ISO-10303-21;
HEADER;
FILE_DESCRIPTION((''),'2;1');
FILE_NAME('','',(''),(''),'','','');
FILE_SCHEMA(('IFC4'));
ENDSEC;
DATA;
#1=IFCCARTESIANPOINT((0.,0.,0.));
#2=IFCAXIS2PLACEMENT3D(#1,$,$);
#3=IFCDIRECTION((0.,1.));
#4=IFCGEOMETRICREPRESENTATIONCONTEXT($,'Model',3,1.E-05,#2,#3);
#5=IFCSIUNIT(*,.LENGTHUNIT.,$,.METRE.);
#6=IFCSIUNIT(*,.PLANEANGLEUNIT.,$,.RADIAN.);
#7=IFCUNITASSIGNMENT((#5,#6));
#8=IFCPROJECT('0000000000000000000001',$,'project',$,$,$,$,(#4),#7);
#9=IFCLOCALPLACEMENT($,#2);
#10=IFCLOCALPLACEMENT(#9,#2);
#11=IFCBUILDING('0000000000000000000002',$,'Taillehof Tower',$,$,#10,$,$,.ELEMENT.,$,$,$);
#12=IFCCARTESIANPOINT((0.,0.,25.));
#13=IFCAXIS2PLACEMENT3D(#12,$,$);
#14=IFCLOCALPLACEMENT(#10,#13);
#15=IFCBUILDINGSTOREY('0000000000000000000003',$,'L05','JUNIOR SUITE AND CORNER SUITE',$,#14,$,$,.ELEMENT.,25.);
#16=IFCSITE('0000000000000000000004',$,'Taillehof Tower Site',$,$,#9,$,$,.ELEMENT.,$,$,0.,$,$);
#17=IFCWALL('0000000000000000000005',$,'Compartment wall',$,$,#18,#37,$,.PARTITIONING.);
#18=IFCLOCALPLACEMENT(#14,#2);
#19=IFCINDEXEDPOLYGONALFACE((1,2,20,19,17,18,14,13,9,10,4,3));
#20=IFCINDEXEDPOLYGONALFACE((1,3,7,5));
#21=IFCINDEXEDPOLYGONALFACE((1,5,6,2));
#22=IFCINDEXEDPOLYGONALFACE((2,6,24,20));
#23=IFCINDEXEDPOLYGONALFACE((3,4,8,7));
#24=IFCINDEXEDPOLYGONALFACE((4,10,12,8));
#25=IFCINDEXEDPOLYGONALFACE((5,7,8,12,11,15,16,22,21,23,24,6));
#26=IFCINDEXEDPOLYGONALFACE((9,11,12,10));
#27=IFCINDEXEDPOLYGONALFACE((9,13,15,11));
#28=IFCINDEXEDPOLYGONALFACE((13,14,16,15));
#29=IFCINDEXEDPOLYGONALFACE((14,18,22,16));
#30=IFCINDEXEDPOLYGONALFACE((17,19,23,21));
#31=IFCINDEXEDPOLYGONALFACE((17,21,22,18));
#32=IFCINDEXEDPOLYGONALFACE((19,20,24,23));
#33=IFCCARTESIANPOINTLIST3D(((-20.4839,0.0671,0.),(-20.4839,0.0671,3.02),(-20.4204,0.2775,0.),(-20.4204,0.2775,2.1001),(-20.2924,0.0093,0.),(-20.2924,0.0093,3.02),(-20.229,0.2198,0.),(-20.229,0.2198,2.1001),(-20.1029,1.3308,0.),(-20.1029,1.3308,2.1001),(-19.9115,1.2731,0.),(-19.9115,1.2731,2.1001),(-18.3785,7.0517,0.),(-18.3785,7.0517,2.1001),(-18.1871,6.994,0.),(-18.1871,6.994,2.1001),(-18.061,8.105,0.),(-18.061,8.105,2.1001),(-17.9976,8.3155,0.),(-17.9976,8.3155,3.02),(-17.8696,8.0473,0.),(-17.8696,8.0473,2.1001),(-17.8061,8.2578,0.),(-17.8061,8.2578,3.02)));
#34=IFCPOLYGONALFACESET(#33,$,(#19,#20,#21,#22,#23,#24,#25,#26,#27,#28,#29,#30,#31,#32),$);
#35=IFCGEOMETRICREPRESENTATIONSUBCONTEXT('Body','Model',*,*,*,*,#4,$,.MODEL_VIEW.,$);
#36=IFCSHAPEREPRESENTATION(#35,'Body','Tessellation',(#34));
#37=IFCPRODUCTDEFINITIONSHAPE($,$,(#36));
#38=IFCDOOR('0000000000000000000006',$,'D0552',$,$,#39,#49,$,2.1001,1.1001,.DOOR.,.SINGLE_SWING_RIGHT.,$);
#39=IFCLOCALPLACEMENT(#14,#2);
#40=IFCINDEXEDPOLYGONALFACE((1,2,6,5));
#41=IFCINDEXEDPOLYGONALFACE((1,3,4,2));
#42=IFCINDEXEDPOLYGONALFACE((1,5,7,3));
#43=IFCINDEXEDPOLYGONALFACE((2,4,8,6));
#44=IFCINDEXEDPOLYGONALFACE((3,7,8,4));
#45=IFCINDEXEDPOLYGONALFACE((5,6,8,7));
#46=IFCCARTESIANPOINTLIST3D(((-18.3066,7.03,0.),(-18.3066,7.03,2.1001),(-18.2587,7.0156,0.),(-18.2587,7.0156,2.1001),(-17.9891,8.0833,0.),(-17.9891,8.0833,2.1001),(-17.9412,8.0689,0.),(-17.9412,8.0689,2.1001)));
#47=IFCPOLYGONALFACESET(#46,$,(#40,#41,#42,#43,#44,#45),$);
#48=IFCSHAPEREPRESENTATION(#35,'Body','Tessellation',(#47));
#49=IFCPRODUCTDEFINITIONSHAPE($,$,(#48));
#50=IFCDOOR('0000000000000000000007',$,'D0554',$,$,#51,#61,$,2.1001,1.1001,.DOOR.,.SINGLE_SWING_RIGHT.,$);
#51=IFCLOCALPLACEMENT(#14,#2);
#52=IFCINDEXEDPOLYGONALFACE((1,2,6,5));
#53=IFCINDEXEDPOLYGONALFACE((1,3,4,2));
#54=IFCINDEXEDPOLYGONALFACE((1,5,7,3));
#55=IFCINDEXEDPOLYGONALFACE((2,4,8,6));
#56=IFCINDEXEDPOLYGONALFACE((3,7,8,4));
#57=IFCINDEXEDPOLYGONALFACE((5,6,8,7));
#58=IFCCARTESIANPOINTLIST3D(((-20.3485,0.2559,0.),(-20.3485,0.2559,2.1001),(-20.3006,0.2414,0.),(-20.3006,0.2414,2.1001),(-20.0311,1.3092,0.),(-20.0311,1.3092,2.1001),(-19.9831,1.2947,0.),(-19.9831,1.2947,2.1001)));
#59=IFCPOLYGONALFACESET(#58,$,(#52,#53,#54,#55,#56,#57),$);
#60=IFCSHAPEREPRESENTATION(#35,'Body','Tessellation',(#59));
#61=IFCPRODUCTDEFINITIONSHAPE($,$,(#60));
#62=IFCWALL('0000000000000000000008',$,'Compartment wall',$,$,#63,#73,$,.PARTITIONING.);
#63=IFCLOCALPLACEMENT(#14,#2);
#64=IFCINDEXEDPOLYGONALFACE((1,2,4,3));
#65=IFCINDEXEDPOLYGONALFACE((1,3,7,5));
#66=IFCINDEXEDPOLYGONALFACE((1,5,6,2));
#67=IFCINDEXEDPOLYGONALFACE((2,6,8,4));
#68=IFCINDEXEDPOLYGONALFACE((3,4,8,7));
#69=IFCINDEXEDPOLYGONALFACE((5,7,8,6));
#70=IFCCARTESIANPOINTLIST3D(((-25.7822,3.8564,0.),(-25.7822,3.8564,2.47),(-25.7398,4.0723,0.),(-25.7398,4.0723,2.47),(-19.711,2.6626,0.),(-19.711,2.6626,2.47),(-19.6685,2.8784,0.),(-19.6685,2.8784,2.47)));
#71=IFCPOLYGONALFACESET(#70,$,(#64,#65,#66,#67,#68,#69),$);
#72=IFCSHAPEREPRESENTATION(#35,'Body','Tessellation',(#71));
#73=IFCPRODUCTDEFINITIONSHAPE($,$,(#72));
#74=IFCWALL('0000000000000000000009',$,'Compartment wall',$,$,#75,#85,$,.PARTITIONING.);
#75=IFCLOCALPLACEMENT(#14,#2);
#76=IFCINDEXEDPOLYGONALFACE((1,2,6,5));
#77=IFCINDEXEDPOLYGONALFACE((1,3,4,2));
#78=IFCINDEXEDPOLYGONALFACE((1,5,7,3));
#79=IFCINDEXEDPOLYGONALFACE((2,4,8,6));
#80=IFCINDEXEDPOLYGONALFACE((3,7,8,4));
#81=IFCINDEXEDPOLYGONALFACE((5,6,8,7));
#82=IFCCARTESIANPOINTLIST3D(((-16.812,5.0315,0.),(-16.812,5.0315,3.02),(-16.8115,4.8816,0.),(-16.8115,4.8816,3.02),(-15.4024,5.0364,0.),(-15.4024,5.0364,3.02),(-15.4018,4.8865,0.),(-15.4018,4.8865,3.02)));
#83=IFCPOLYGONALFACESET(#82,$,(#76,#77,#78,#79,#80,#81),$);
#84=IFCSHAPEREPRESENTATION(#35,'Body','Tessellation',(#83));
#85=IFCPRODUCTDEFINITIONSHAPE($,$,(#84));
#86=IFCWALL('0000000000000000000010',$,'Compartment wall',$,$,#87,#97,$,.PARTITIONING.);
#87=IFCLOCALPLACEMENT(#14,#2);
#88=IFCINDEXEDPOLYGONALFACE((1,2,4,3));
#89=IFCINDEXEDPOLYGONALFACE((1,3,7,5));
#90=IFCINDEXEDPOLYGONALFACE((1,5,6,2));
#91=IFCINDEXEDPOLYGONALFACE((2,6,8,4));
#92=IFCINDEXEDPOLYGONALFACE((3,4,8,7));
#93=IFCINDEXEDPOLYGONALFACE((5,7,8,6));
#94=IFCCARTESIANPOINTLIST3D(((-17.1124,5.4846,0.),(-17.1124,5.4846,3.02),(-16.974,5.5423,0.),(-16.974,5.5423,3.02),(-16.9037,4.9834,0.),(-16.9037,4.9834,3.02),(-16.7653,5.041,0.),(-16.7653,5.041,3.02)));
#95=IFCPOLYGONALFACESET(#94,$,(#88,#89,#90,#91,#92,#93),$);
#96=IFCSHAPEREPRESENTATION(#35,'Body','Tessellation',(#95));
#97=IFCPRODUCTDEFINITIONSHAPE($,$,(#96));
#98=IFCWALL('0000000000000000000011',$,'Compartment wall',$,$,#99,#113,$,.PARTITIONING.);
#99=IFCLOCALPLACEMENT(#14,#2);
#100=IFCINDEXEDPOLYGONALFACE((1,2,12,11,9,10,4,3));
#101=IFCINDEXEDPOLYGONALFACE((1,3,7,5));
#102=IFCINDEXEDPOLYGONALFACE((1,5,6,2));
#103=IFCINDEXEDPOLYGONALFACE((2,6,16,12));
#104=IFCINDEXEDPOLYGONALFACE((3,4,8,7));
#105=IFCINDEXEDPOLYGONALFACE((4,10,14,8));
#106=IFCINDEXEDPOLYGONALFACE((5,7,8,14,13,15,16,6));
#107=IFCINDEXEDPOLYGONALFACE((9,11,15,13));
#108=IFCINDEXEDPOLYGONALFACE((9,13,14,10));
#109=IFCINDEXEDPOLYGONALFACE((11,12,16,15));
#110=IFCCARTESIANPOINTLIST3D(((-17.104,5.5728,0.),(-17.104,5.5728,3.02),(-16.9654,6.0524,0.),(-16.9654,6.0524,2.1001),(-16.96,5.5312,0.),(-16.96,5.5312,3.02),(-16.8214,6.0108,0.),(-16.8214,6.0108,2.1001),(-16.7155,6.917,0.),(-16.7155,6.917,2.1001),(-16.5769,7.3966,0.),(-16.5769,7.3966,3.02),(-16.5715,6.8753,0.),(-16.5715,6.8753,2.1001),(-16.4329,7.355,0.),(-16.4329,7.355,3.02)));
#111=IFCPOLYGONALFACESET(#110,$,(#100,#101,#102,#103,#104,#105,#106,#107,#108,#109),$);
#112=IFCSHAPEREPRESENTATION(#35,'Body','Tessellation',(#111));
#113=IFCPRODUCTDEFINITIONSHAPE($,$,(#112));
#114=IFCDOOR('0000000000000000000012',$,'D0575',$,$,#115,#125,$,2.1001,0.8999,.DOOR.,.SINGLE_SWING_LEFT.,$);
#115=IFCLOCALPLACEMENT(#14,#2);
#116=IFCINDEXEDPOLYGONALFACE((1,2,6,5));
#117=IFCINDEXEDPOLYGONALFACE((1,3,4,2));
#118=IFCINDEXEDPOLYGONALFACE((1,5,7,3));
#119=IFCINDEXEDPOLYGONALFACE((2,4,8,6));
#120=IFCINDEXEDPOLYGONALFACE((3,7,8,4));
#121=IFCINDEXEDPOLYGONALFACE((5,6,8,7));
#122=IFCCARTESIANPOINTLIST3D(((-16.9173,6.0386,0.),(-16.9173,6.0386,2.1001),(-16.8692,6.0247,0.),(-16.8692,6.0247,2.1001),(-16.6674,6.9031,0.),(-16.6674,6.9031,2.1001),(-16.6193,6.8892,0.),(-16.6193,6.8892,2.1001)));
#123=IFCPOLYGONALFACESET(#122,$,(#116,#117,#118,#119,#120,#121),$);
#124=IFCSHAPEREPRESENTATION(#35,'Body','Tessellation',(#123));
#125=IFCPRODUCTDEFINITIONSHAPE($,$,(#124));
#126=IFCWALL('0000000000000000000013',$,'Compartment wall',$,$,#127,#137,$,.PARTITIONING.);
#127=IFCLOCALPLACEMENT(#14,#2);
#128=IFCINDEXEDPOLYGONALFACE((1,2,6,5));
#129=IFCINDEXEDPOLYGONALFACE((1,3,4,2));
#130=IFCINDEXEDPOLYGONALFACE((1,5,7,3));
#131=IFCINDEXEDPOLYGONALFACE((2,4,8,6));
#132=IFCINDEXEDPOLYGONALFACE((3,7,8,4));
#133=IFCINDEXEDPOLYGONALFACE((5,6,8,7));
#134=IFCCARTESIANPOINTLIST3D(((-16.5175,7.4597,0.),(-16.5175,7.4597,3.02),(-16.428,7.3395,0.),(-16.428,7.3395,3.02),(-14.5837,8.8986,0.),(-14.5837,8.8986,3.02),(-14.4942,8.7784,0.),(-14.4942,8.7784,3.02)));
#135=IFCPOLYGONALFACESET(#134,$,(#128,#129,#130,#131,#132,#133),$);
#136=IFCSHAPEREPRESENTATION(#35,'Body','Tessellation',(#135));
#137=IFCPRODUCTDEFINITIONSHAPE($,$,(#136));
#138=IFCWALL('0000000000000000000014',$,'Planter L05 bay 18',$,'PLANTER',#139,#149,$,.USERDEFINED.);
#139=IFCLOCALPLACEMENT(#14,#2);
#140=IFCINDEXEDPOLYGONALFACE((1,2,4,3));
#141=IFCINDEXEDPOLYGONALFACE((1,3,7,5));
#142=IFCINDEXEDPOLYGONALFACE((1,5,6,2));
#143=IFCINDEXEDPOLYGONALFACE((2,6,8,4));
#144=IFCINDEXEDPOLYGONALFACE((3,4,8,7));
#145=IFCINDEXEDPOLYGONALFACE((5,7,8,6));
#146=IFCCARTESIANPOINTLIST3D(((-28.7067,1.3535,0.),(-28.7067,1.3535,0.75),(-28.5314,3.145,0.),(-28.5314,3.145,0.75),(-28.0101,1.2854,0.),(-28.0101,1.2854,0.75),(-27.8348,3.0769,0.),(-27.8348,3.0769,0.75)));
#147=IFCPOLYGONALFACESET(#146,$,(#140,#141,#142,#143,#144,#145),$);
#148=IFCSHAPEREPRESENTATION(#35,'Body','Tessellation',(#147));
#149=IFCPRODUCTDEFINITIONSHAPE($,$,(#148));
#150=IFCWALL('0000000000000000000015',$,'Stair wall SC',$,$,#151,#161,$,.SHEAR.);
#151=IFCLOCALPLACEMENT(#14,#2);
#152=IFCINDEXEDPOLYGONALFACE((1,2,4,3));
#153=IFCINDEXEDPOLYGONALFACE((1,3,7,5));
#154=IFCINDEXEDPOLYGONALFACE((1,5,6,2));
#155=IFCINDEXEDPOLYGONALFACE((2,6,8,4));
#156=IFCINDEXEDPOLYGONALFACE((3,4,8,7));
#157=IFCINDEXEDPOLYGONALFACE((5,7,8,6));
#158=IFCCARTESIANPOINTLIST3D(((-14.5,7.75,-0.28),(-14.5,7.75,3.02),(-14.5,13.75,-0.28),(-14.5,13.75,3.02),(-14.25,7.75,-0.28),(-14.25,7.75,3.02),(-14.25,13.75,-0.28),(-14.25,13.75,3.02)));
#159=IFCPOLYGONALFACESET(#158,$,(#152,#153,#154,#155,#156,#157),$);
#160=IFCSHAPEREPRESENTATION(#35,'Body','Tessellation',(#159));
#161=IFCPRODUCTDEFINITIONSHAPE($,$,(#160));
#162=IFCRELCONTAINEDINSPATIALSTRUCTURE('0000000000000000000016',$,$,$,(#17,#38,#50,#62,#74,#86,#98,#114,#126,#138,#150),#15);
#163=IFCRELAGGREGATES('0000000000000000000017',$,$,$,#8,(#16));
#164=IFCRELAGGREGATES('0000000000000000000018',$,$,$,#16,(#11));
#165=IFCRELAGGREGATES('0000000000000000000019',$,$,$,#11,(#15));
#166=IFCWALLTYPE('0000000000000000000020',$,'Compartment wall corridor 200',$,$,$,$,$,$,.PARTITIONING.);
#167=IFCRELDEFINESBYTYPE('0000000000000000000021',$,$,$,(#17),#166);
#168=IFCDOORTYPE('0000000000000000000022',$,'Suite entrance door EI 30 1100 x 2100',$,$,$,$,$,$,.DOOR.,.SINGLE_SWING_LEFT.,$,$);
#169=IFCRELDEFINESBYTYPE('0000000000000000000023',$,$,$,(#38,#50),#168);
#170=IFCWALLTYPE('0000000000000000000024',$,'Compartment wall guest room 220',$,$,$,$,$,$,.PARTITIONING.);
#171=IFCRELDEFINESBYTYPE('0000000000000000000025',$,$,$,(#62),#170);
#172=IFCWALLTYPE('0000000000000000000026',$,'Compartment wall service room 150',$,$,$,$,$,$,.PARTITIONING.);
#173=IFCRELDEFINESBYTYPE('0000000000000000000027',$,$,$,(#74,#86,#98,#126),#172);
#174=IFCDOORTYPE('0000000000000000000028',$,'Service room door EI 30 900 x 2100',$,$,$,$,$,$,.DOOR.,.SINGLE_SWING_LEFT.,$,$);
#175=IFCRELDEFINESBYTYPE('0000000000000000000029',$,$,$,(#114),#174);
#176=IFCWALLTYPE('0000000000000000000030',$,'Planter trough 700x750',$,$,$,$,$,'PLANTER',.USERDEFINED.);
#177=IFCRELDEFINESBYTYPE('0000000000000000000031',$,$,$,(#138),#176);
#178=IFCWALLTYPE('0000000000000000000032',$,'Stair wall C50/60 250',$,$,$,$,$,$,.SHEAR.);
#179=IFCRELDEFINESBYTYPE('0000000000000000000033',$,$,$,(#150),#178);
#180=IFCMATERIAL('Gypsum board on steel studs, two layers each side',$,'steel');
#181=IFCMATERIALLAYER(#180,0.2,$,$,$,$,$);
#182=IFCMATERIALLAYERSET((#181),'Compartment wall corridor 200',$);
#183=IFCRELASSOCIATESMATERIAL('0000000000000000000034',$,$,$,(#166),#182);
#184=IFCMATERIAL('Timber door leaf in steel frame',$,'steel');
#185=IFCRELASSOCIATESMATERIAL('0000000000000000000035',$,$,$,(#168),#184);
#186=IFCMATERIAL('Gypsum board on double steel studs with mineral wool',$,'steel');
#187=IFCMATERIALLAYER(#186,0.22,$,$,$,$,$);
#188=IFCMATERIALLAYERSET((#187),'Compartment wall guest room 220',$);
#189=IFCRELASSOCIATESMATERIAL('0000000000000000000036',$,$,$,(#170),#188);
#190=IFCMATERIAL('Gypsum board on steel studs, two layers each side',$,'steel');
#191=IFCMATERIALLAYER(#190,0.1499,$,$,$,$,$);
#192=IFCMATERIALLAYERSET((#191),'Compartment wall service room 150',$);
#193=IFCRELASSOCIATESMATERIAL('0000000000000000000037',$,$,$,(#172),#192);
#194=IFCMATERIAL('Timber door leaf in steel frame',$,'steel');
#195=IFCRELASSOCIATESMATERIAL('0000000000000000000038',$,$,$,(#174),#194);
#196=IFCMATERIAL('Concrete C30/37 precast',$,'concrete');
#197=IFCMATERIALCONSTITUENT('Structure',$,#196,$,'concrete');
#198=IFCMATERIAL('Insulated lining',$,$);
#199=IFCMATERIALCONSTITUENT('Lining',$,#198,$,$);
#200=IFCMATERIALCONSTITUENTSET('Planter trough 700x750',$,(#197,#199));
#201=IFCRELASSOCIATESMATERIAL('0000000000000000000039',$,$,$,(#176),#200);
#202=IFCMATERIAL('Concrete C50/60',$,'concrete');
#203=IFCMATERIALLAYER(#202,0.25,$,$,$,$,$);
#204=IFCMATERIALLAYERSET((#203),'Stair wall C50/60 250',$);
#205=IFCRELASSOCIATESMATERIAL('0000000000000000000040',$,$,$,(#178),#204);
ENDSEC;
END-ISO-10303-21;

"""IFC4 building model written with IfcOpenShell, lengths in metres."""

from ifc_helpers import new_model, si_unit, direction, frame, frame_2d, origin, place, context, subcontext, project, spatial, rectangle, extrude, material, layer, layer_set, constituent, constituent_set, type_object, element, fill, save


model = new_model("IFC4")

# Units and contexts
model_context = context("Model", 3, precision=1e-05, world=origin(), true_north=direction((0.0, 1.0)))
body_context = subcontext(model_context, "Body", "Model", "MODEL_VIEW")
ifc_project = project(units=[si_unit("LENGTHUNIT", "METRE"), si_unit("PLANEANGLEUNIT", "RADIAN")], contexts=[model_context])

# Site, building, storey
site_placement = place(None, origin())
site = spatial("IfcSite", under=ifc_project, at=site_placement, Name="Taillehof Tower Site", CompositionType="ELEMENT", RefElevation=0.0)
building_placement = place(site_placement, origin())
building = spatial("IfcBuilding", under=site, at=building_placement, Name="Taillehof Tower", CompositionType="ELEMENT")
storey_placement = place(building_placement, frame((0.0, 0.0, 25.0)))
storey = spatial("IfcBuildingStorey", under=building, at=storey_placement, Name="L05", Description="JUNIOR SUITE AND CORNER SUITE", CompositionType="ELEMENT", Elevation=25.0)

# Shared definitions
ifc_material_1 = material(Name="Gypsum board on steel studs, two layers each side", Category="steel")
ifc_layer_1 = layer(ifc_material_1, 0.2)
ifc_layer_set_1 = layer_set([ifc_layer_1], Name="Compartment wall corridor 200")
wall_type_1 = type_object("IfcWallType", Name="Compartment wall corridor 200", PredefinedType="PARTITIONING", material=ifc_layer_set_1)

# Wall, openings, doors
wall_1_placement = place(storey_placement, frame((-20.3882, 0.0381, 0.0), z_axis=(0.0, 0.0, 1.0), x_axis=(0.288601, 0.95745, 0.0)))
wall_1 = element("IfcWall", 1, at=wall_1_placement, inside=storey, type_object=wall_type_1, Name="Compartment wall", PredefinedType="PARTITIONING", context=body_context, shape_type="SweptSolid", body=[
    extrude(rectangle(XDim=8.615, YDim=0.2, at=frame_2d((4.3076, 0.0))), origin(), (0.0, 0.0, 1.0), 3.02),
])
opening_1_placement = place(wall_1_placement, frame((7.2952, 0.0, 0.0)))
opening_1 = element("IfcOpeningElement", 2, at=opening_1_placement, cuts=wall_1, PredefinedType="OPENING", context=body_context, shape_type="SweptSolid", body=[
    extrude(rectangle(XDim=1.1001, YDim=2.1001, at=frame_2d((0.55, 1.05))), frame((0.0, 0.1099, 0.0), z_axis=(0.0, -1.0, 0.0), x_axis=(1.0, 0.0, 0.0)), (0.0, 0.0, 1.0), 0.22),
])
opening_2_placement = place(wall_1_placement, frame((0.22, 0.0, 0.0)))
opening_2 = element("IfcOpeningElement", 3, at=opening_2_placement, cuts=wall_1, PredefinedType="OPENING", context=body_context, shape_type="SweptSolid", body=[
    extrude(rectangle(XDim=1.1001, YDim=2.1001, at=frame_2d((0.55, 1.05))), frame((0.0, 0.1099, 0.0), z_axis=(0.0, -1.0, 0.0), x_axis=(1.0, 0.0, 0.0)), (0.0, 0.0, 1.0), 0.22),
])
ifc_material_2 = material(Name="Timber door leaf in steel frame", Category="steel")
door_type_1 = type_object("IfcDoorType", Name="Suite entrance door EI 30 1100 x 2100", OperationType="SINGLE_SWING_LEFT", PredefinedType="DOOR", material=ifc_material_2)
door_1_placement = place(opening_1_placement, origin())
door_1 = element("IfcDoor", 4, at=door_1_placement, inside=storey, type_object=door_type_1, Name="D0552", OperationType="SINGLE_SWING_RIGHT", OverallHeight=2.1001, OverallWidth=1.1001, PredefinedType="DOOR", context=body_context, shape_type="SweptSolid", body=[
    extrude(rectangle(XDim=1.1001, YDim=2.1001, at=frame_2d((0.55, 1.05))), frame((0.0, 0.0249, 0.0), z_axis=(0.0, -1.0, 0.0), x_axis=(1.0, 0.0, 0.0)), (0.0, 0.0, 1.0), 0.05),
])
fill(opening_1, door_1)
door_2_placement = place(opening_2_placement, origin())
door_2 = element("IfcDoor", 5, at=door_2_placement, inside=storey, type_object=door_type_1, Name="D0554", OperationType="SINGLE_SWING_RIGHT", OverallHeight=2.1001, OverallWidth=1.1001, PredefinedType="DOOR", context=body_context, shape_type="SweptSolid", body=[
    extrude(rectangle(XDim=1.1001, YDim=2.1001, at=frame_2d((0.55, 1.05))), frame((0.0, 0.0249, 0.0), z_axis=(0.0, -1.0, 0.0), x_axis=(1.0, 0.0, 0.0)), (0.0, 0.0, 1.0), 0.05),
])
fill(opening_2, door_2)

# Walls
ifc_material_3 = material(Name="Gypsum board on double steel studs with mineral wool", Category="steel")
ifc_layer_2 = layer(ifc_material_3, 0.22)
ifc_layer_set_2 = layer_set([ifc_layer_2], Name="Compartment wall guest room 220")
wall_type_2 = type_object("IfcWallType", Name="Compartment wall guest room 220", PredefinedType="PARTITIONING", material=ifc_layer_set_2)
wall_2_placement = place(storey_placement, frame((-25.761, 3.9644, 0.0), z_axis=(0.0, 0.0, 1.0), x_axis=(0.98121, -0.192943, 0.0)))
element("IfcWall", 6, at=wall_2_placement, inside=storey, type_object=wall_type_2, Name="Compartment wall", PredefinedType="PARTITIONING", context=body_context, shape_type="SweptSolid", body=[
    extrude(rectangle(XDim=6.1875, YDim=0.22, at=frame_2d((3.0938, 0.0))), origin(), (0.0, 0.0, 1.0), 2.47),
])
ifc_material_4 = material(Name="Gypsum board on steel studs, two layers each side", Category="steel")
ifc_layer_3 = layer(ifc_material_4, 0.1499)
ifc_layer_set_3 = layer_set([ifc_layer_3], Name="Compartment wall service room 150")
wall_type_3 = type_object("IfcWallType", Name="Compartment wall service room 150", PredefinedType="PARTITIONING", material=ifc_layer_set_3)
wall_3_placement = place(storey_placement, frame((-15.4021, 4.9614, 0.0), z_axis=(0.0, 0.0, 1.0), x_axis=(-0.999994, -0.003464, 0.0)))
element("IfcWall", 7, at=wall_3_placement, inside=storey, type_object=wall_type_3, Name="Compartment wall", PredefinedType="PARTITIONING", context=body_context, shape_type="SweptSolid", body=[
    extrude(rectangle(XDim=1.4097, YDim=0.1499, at=frame_2d((0.7048, 0.0))), origin(), (0.0, 0.0, 1.0), 3.02),
])
wall_4_placement = place(storey_placement, frame((-16.8345, 5.0122, 0.0), z_axis=(0.0, 0.0, 1.0), x_axis=(-0.384456, 0.923143, 0.0)))
element("IfcWall", 8, at=wall_4_placement, inside=storey, type_object=wall_type_3, Name="Compartment wall", PredefinedType="PARTITIONING", context=body_context, shape_type="SweptSolid", body=[
    extrude(rectangle(XDim=0.543, YDim=0.1499, at=frame_2d((0.2715, 0.0))), origin(), (0.0, 0.0, 1.0), 3.02),
])

# Wall, opening, door
wall_5_placement = place(storey_placement, frame((-17.032, 5.552, 0.0), z_axis=(0.0, 0.0, 1.0), x_axis=(0.277658, 0.96068, 0.0)))
wall_5 = element("IfcWall", 9, at=wall_5_placement, inside=storey, type_object=wall_type_3, Name="Compartment wall", PredefinedType="PARTITIONING", context=body_context, shape_type="SweptSolid", body=[
    extrude(rectangle(XDim=1.8984, YDim=0.1499, at=frame_2d((0.9492, 0.0))), origin(), (0.0, 0.0, 1.0), 3.02),
])
opening_3_placement = place(wall_5_placement, frame((0.4993, 0.0, 0.0)))
opening_3 = element("IfcOpeningElement", 10, at=opening_3_placement, cuts=wall_5, PredefinedType="OPENING", context=body_context, shape_type="SweptSolid", body=[
    extrude(rectangle(XDim=0.8999, YDim=2.1001, at=frame_2d((0.45, 1.05))), frame((0.0, 0.085, 0.0), z_axis=(0.0, -1.0, 0.0), x_axis=(1.0, 0.0, 0.0)), (0.0, 0.0, 1.0), 0.1699),
])
ifc_material_5 = material(Name="Timber door leaf in steel frame", Category="steel")
door_type_2 = type_object("IfcDoorType", Name="Service room door EI 30 900 x 2100", OperationType="SINGLE_SWING_LEFT", PredefinedType="DOOR", material=ifc_material_5)
door_3_placement = place(opening_3_placement, origin())
door_3 = element("IfcDoor", 11, at=door_3_placement, inside=storey, type_object=door_type_2, Name="D0575", OperationType="SINGLE_SWING_LEFT", OverallHeight=2.1001, OverallWidth=0.8999, PredefinedType="DOOR", context=body_context, shape_type="SweptSolid", body=[
    extrude(rectangle(XDim=0.8999, YDim=2.1001, at=frame_2d((0.45, 1.05))), frame((0.0, 0.0249, 0.0), z_axis=(0.0, -1.0, 0.0), x_axis=(1.0, 0.0, 0.0)), (0.0, 0.0, 1.0), 0.05),
])
fill(opening_3, door_3)

# Walls
wall_6_placement = place(storey_placement, frame((-16.4727, 7.3997, 0.0), z_axis=(0.0, 0.0, 1.0), x_axis=(0.802267, 0.596965, 0.0)))
element("IfcWall", 12, at=wall_6_placement, inside=storey, type_object=wall_type_3, Name="Compartment wall", PredefinedType="PARTITIONING", context=body_context, shape_type="SweptSolid", body=[
    extrude(rectangle(XDim=2.4104, YDim=0.1499, at=frame_2d((1.2051, 0.0))), origin(), (0.0, 0.0, 1.0), 3.02),
])
ifc_material_6 = material(Name="Concrete C30/37 precast", Category="concrete")
ifc_constituent_1 = constituent(ifc_material_6, Name="Structure", Category="concrete")
ifc_material_7 = material(Name="Insulated lining")
ifc_constituent_2 = constituent(ifc_material_7, Name="Lining")
ifc_constituent_set = constituent_set(constituents=[ifc_constituent_1, ifc_constituent_2], Name="Planter trough 700x750")
wall_type_4 = type_object("IfcWallType", Name="Planter trough 700x750", ElementType="PLANTER", PredefinedType="USERDEFINED", material=ifc_constituent_set)
wall_7_placement = place(storey_placement, frame((-28.1831, 3.1108, 0.0), z_axis=(0.0, 0.0, 1.0), x_axis=(-0.097382, -0.995247, 0.0)))
element("IfcWall", 13, at=wall_7_placement, inside=storey, type_object=wall_type_4, Name="Planter L05 bay 18", ObjectType="PLANTER", PredefinedType="USERDEFINED", context=body_context, shape_type="SweptSolid", body=[
    extrude(rectangle(XDim=1.8, YDim=0.7, at=frame_2d((0.8999, 0.0))), origin(), (0.0, 0.0, 1.0), 0.75),
])
ifc_material_8 = material(Name="Concrete C50/60", Category="concrete")
ifc_layer_4 = layer(ifc_material_8, 0.25)
ifc_layer_set_4 = layer_set([ifc_layer_4], Name="Stair wall C50/60 250")
wall_type_5 = type_object("IfcWallType", Name="Stair wall C50/60 250", PredefinedType="SHEAR", material=ifc_layer_set_4)
wall_8_placement = place(storey_placement, frame((-14.375, 7.75, -0.28), z_axis=(0.0, 0.0, 1.0), x_axis=(0.0, 1.0, 0.0)))
element("IfcWall", 14, at=wall_8_placement, inside=storey, type_object=wall_type_5, Name="Stair wall SC", PredefinedType="SHEAR", context=body_context, shape_type="SweptSolid", body=[
    extrude(rectangle(XDim=6.0, YDim=0.25, at=frame_2d((3.0, 0.0))), origin(), (0.0, 0.0, 1.0), 3.3),
])

save(model, "model.ifc")
